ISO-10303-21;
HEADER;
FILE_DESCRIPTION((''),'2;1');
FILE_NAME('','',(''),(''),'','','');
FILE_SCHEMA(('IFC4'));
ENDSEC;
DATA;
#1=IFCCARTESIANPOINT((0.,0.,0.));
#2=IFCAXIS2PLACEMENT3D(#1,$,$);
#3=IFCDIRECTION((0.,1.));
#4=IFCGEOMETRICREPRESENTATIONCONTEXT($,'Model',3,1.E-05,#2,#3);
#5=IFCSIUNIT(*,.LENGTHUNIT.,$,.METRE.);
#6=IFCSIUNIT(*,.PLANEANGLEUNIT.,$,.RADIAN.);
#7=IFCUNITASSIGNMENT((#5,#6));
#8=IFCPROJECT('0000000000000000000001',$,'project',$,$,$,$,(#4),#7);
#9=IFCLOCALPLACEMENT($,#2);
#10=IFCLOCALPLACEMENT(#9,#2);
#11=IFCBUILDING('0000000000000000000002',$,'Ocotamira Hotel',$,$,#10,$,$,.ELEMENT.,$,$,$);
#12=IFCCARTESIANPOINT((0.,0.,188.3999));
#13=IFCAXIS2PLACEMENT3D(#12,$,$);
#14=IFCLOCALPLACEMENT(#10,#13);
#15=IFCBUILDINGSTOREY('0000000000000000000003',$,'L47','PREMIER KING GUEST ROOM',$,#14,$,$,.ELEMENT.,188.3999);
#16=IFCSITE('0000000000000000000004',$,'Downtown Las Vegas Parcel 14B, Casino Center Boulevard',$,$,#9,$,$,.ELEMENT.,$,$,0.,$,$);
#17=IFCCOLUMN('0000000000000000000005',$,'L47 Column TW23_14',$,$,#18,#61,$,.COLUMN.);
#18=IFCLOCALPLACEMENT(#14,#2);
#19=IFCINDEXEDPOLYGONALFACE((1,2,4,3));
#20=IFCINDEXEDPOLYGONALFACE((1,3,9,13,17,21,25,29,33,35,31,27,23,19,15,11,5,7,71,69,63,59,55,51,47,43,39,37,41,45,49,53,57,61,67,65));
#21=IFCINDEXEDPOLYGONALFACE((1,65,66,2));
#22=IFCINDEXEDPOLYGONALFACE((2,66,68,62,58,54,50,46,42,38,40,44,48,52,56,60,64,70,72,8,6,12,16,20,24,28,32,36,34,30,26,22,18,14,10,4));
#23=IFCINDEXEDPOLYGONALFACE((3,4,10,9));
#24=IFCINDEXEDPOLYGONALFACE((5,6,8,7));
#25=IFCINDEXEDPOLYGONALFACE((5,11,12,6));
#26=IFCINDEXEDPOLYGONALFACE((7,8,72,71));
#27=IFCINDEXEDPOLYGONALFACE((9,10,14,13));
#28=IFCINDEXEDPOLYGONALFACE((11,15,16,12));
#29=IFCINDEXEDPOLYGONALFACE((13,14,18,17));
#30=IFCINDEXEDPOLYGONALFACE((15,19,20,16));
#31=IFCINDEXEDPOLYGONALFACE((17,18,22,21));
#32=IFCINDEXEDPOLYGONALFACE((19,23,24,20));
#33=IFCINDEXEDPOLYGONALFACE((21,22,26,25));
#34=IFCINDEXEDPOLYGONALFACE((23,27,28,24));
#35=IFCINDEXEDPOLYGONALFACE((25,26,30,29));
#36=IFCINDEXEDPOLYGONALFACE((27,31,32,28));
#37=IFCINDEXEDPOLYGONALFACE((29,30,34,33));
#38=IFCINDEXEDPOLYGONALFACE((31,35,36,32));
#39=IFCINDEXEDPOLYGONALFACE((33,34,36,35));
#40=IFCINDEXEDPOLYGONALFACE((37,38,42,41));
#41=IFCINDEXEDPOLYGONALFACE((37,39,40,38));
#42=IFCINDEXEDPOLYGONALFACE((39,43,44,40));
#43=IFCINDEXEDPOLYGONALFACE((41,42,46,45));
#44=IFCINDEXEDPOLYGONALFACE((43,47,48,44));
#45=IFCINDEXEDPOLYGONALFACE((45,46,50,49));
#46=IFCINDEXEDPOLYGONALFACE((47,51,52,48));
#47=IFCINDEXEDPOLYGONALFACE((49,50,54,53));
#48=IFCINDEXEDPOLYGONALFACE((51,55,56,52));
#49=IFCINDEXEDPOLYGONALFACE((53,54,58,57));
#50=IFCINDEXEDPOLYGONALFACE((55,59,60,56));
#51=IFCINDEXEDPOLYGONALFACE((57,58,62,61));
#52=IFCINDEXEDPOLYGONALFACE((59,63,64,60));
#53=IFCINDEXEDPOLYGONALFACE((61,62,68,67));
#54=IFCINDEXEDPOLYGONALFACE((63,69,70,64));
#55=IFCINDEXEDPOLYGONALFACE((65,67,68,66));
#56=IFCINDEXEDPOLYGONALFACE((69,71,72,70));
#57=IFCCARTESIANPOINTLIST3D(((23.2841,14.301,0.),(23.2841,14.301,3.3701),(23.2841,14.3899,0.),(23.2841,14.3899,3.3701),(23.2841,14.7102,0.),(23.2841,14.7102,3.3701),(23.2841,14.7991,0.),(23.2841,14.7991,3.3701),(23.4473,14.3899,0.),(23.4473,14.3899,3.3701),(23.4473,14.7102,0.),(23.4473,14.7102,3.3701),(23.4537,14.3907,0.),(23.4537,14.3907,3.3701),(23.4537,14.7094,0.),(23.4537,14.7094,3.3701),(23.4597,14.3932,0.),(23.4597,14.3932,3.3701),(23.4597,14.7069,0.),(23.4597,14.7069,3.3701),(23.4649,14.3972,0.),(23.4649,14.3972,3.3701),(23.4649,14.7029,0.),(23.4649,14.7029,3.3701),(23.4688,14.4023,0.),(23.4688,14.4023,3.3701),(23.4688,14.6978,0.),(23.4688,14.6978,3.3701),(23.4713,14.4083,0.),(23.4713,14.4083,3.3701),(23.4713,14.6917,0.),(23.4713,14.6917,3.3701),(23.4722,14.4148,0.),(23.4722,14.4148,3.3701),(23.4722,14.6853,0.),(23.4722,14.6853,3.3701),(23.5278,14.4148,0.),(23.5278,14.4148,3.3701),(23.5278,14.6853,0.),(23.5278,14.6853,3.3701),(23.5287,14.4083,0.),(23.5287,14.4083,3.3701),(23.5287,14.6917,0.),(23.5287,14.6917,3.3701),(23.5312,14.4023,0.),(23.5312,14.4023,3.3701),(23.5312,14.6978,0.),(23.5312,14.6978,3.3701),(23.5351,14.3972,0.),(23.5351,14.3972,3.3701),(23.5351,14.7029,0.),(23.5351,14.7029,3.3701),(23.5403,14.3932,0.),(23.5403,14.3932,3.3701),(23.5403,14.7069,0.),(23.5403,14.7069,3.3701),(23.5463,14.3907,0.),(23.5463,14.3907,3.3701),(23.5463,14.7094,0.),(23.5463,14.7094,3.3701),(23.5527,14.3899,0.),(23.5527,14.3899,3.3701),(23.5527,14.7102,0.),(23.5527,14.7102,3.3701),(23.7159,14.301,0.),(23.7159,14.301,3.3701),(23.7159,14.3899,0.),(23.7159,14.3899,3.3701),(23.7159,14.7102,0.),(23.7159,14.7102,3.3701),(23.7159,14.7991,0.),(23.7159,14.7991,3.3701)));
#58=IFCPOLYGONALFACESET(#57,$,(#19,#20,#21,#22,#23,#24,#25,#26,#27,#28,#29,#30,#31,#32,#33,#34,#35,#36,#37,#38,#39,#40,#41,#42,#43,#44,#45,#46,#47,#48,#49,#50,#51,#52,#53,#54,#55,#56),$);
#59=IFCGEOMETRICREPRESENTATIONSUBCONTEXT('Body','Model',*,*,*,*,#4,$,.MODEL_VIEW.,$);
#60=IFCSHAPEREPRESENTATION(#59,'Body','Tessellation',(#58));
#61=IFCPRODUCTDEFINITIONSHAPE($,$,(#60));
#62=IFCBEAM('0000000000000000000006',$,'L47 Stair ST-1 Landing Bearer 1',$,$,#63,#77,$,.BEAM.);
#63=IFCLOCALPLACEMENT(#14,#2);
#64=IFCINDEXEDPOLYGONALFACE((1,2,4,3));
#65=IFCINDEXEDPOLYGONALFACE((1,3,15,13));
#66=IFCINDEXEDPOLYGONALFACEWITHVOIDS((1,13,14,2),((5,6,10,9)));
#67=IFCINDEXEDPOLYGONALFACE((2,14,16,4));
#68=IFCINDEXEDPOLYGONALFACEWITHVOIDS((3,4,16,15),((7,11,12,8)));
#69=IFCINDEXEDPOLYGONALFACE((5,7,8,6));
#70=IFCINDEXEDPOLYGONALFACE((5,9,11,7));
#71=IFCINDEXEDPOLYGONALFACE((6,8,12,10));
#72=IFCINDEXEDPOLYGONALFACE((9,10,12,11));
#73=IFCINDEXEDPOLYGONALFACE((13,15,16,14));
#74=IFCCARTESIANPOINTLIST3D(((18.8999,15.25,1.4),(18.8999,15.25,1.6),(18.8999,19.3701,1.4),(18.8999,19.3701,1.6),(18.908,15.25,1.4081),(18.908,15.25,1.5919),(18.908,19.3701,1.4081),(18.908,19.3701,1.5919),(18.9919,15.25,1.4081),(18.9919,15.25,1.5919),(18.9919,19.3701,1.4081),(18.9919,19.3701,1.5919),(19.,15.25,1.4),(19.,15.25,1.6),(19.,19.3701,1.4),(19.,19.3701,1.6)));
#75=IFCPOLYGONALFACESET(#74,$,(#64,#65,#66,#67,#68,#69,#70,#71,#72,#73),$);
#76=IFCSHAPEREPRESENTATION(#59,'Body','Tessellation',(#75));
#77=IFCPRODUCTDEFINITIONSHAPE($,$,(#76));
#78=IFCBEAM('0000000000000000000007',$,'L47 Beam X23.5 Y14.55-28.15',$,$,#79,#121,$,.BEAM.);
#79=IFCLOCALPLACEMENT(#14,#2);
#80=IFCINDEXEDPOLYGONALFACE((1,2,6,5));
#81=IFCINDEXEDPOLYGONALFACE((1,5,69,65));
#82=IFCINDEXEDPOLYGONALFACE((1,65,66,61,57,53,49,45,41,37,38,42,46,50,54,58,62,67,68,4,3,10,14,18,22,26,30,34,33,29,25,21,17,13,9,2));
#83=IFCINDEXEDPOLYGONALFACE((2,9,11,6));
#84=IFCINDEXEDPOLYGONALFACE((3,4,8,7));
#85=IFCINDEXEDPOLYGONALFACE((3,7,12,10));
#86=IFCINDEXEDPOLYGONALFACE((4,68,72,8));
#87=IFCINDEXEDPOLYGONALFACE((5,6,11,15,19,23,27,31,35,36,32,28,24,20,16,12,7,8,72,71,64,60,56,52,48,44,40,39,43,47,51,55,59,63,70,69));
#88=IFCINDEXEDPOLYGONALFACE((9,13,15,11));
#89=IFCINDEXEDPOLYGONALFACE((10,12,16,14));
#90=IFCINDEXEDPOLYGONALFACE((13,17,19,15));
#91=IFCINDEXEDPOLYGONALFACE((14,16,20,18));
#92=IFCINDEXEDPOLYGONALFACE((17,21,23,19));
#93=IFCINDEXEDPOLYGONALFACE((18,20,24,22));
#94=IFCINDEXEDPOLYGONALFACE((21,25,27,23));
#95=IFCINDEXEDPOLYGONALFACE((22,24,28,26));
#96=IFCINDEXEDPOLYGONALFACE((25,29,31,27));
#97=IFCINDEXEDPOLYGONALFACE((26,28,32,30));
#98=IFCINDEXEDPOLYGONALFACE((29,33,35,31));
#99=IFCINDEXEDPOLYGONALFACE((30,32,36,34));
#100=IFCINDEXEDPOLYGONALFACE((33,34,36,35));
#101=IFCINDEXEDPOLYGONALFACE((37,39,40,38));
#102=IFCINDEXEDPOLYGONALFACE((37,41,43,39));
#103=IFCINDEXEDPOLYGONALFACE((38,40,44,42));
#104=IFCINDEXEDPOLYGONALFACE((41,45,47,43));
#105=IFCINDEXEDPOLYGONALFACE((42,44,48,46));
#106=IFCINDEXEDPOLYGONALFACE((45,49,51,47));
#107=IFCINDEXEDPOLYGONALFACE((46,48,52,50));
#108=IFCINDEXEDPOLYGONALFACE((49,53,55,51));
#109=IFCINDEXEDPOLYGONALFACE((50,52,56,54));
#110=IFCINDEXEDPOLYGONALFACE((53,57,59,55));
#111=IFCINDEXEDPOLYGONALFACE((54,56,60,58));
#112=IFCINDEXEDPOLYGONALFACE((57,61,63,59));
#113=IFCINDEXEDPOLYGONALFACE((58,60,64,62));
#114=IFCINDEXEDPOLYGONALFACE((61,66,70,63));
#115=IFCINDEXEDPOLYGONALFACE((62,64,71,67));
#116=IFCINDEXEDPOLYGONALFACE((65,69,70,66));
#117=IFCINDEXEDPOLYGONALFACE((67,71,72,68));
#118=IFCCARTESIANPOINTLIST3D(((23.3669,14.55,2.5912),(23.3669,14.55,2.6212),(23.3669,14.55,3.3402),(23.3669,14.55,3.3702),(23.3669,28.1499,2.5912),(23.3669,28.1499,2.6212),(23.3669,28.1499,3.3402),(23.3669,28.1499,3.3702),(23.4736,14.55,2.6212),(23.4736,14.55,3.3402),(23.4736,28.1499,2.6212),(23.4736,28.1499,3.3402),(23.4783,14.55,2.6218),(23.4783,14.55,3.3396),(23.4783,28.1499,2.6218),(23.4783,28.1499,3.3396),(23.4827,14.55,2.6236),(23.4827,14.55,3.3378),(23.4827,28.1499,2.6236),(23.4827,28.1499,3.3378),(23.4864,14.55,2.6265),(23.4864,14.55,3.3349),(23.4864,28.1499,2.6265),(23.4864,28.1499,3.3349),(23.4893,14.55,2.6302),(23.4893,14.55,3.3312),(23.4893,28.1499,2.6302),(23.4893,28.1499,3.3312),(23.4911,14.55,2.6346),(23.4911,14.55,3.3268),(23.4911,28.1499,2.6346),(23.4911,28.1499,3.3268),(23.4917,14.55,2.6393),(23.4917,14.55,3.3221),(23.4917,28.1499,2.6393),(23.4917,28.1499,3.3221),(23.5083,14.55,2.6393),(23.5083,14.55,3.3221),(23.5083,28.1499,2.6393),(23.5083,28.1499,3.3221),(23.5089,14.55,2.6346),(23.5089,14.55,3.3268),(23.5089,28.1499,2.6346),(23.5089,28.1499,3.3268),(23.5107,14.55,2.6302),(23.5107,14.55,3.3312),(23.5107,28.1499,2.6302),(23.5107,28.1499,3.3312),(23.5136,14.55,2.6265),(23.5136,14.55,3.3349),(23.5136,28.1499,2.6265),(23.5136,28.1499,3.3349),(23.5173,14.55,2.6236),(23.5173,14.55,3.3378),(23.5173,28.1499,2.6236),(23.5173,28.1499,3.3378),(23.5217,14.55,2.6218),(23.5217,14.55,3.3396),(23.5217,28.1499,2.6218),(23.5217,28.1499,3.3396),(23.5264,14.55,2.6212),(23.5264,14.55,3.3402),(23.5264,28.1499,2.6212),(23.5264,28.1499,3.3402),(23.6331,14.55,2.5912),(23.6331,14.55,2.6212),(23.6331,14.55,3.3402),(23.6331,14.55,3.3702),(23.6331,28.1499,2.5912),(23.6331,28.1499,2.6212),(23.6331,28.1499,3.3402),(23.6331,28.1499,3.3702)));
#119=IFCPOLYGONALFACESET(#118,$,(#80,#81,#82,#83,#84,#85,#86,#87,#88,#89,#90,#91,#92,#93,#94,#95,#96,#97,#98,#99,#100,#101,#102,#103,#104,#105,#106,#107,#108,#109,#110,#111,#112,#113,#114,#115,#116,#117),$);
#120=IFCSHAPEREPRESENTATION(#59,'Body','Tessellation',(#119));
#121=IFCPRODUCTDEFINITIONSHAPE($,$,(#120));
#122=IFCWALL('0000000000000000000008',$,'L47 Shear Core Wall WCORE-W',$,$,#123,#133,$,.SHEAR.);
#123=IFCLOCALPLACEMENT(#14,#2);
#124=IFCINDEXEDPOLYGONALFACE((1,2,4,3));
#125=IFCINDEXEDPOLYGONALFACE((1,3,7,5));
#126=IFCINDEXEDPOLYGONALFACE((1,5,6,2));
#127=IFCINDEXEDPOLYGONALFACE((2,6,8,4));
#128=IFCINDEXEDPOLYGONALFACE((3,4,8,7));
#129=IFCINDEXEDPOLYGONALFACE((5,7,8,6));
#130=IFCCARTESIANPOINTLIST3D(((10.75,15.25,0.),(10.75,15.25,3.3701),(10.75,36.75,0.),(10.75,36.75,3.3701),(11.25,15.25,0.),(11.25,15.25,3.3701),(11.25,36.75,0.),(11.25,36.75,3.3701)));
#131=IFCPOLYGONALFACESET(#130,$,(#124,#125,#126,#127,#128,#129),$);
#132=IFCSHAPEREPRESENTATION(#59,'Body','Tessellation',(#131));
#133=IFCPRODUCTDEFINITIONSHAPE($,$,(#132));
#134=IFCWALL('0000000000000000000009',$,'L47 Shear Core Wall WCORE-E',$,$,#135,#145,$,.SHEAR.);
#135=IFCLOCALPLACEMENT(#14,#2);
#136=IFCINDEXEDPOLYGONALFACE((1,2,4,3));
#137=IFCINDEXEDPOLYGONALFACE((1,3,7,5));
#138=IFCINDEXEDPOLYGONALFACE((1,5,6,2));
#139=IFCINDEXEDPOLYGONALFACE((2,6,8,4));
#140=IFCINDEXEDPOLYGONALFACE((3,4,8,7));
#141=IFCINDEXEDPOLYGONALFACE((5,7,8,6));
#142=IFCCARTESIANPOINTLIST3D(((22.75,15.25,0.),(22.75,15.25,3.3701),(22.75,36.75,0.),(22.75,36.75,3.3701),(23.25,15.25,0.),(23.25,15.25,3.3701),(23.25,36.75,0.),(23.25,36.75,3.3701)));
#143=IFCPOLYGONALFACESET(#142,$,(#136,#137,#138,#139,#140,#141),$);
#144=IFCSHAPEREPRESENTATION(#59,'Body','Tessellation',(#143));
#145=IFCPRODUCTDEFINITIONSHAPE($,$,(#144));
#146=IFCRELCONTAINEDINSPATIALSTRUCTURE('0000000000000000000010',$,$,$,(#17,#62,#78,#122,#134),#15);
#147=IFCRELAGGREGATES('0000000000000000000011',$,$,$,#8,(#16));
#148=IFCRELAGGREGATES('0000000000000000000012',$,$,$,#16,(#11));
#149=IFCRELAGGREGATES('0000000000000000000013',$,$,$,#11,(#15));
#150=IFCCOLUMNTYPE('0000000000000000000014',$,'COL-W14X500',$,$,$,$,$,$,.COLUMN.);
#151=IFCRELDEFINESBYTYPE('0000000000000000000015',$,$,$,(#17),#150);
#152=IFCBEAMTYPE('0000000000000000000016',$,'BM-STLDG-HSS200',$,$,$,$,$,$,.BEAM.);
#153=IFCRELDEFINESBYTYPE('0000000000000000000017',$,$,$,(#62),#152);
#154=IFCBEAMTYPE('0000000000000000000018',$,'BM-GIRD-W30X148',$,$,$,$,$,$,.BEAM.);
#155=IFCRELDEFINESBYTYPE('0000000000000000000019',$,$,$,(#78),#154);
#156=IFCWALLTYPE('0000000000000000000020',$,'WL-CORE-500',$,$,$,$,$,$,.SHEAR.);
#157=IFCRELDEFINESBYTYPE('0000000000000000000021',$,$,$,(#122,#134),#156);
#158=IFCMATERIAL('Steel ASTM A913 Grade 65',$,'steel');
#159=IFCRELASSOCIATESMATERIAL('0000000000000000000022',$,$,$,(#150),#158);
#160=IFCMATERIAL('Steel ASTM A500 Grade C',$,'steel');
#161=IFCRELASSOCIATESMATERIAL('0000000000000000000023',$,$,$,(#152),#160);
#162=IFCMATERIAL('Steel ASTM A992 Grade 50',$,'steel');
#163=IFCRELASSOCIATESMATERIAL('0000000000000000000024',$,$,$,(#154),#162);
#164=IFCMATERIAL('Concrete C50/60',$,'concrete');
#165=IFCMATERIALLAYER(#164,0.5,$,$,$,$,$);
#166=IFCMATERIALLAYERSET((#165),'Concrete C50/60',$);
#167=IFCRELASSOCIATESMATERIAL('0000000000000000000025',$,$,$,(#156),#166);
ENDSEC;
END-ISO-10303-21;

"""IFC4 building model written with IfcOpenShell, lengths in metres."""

from ifc_helpers import new_model, si_unit, direction, frame, frame_2d, origin, origin_2d, place, context, subcontext, project, spatial, rectangle, hollow_rectangle, i_section, extrude, source, transform, mapped, material, layer, layer_set, material_profile, profile_set, type_object, element, save


model = new_model("IFC4")

# Units and contexts
model_context = context("Model", 3, precision=1e-05, world=origin(), true_north=direction((0.0, 1.0)))
body_context = subcontext(model_context, "Body", "Model", "MODEL_VIEW")
ifc_project = project(units=[si_unit("LENGTHUNIT", "METRE"), si_unit("PLANEANGLEUNIT", "RADIAN")], contexts=[model_context])

# Site, building, storey
site_placement = place(None, origin())
site = spatial("IfcSite", under=ifc_project, at=site_placement, Name="Downtown Las Vegas Parcel 14B, Casino Center Boulevard", CompositionType="ELEMENT", RefElevation=0.0)
building_placement = place(site_placement, origin())
building = spatial("IfcBuilding", under=site, at=building_placement, Name="Ocotamira Hotel", CompositionType="ELEMENT")
storey_placement = place(building_placement, frame((0.0, 0.0, 188.3999)))
storey = spatial("IfcBuildingStorey", under=building, at=storey_placement, Name="L47", Description="PREMIER KING GUEST ROOM", CompositionType="ELEMENT", Elevation=188.3999)

# Column
ifc_material_1 = material(Name="Steel ASTM A913 Grade 65", Category="steel")
ifc_material_profile_1 = material_profile(ifc_material_1, i_section(OverallWidth=0.4319, OverallDepth=0.498, WebThickness=0.0557, FlangeThickness=0.0889, FilletRadius=0.0249, at=origin_2d()), Name="W14X500")
ifc_profile_set_1 = profile_set([ifc_material_profile_1], Name="Steel ASTM A913 Grade 65")
column_type = type_object("IfcColumnType", Name="COL-W14X500", PredefinedType="COLUMN", material=ifc_profile_set_1)
shared_shape_1 = source(origin(), body_context, "Body", "SweptSolid", [
    extrude(i_section(OverallWidth=0.4319, OverallDepth=0.498, WebThickness=0.0557, FlangeThickness=0.0889, FilletRadius=0.0249, at=origin_2d()), origin(), (0.0, 0.0, 1.0), 3.3701),
])
column_placement = place(storey_placement, frame((23.5, 14.55, 0.0), z_axis=(0.0, 0.0, 1.0), x_axis=(1.0, 0.0, 0.0)))
element("IfcColumn", 1, at=column_placement, inside=storey, type_object=column_type, Name="L47 Column TW23_14", PredefinedType="COLUMN", context=body_context, shape_type="MappedRepresentation", body=[
    mapped(shared_shape_1, transform((0.0, 0.0, 0.0), scale=1.0)),
])

# Beams
ifc_material_2 = material(Name="Steel ASTM A500 Grade C", Category="steel")
ifc_material_profile_2 = material_profile(ifc_material_2, hollow_rectangle(XDim=0.1001, YDim=0.2, WallThickness=0.0081, at=origin_2d()), Name="HSS200X100X8")
ifc_profile_set_2 = profile_set([ifc_material_profile_2], Name="Steel ASTM A500 Grade C")
beam_type_1 = type_object("IfcBeamType", Name="BM-STLDG-HSS200", PredefinedType="BEAM", material=ifc_profile_set_2)
shared_shape_2 = source(origin(), body_context, "Body", "SweptSolid", [
    extrude(hollow_rectangle(XDim=0.1001, YDim=0.2, WallThickness=0.0081, at=origin_2d()), origin(), (0.0, 0.0, 1.0), 4.1201),
])
beam_1_placement = place(storey_placement, frame((18.95, 15.25, 1.5), z_axis=(0.0, 1.0, 0.0), x_axis=(-1.0, 0.0, 0.0)))
element("IfcBeam", 2, at=beam_1_placement, inside=storey, type_object=beam_type_1, Name="L47 Stair ST-1 Landing Bearer 1", PredefinedType="BEAM", context=body_context, shape_type="MappedRepresentation", body=[
    mapped(shared_shape_2, transform((0.0, 0.0, 0.0), scale=1.0)),
])
ifc_material_3 = material(Name="Steel ASTM A992 Grade 50", Category="steel")
ifc_material_profile_3 = material_profile(ifc_material_3, i_section(OverallWidth=0.2661, OverallDepth=0.7791, WebThickness=0.0166, FlangeThickness=0.03, FilletRadius=0.0181, at=origin_2d()), Name="W30X148")
ifc_profile_set_3 = profile_set([ifc_material_profile_3], Name="Steel ASTM A992 Grade 50")
beam_type_2 = type_object("IfcBeamType", Name="BM-GIRD-W30X148", PredefinedType="BEAM", material=ifc_profile_set_3)
shared_shape_3 = source(origin(), body_context, "Body", "SweptSolid", [
    extrude(i_section(OverallWidth=0.2661, OverallDepth=0.7791, WebThickness=0.0166, FlangeThickness=0.03, FilletRadius=0.0181, at=origin_2d()), origin(), (0.0, 0.0, 1.0), 13.5999),
])
beam_2_placement = place(storey_placement, frame((23.5, 14.55, 2.9807), z_axis=(0.0, 1.0, 0.0), x_axis=(-1.0, 0.0, 0.0)))
element("IfcBeam", 3, at=beam_2_placement, inside=storey, type_object=beam_type_2, Name="L47 Beam X23.5 Y14.55-28.15", PredefinedType="BEAM", context=body_context, shape_type="MappedRepresentation", body=[
    mapped(shared_shape_3, transform((0.0, 0.0, 0.0), scale=1.0)),
])

# Walls
ifc_material_4 = material(Name="Concrete C50/60", Category="concrete")
ifc_layer_1 = layer(ifc_material_4, 0.5)
ifc_layer_set_1 = layer_set([ifc_layer_1], Name="Concrete C50/60")
wall_type_1 = type_object("IfcWallType", Name="WL-CORE-500", PredefinedType="SHEAR", material=ifc_layer_set_1)
for number, where, z_axis, x_axis, name in (
    (4, (11.0, 15.25, 0.0), (0.0, 0.0, 1.0), (0.0, 1.0, 0.0), "L47 Shear Core Wall WCORE-W"),
    (5, (23.0, 15.25, 0.0), (0.0, 0.0, 1.0), (0.0, 1.0, 0.0), "L47 Shear Core Wall WCORE-E"),
):
    element("IfcWall", number, at=place(storey_placement, frame(where, z_axis=z_axis, x_axis=x_axis)), inside=storey, type_object=wall_type_1, Name=name, PredefinedType="SHEAR", context=body_context, shape_type="SweptSolid", body=[
        extrude(rectangle(XDim=21.5, YDim=0.5, at=frame_2d((10.75, 0.0))), origin(), (0.0, 0.0, 1.0), 3.3701),
    ])

save(model, "model.ifc")
